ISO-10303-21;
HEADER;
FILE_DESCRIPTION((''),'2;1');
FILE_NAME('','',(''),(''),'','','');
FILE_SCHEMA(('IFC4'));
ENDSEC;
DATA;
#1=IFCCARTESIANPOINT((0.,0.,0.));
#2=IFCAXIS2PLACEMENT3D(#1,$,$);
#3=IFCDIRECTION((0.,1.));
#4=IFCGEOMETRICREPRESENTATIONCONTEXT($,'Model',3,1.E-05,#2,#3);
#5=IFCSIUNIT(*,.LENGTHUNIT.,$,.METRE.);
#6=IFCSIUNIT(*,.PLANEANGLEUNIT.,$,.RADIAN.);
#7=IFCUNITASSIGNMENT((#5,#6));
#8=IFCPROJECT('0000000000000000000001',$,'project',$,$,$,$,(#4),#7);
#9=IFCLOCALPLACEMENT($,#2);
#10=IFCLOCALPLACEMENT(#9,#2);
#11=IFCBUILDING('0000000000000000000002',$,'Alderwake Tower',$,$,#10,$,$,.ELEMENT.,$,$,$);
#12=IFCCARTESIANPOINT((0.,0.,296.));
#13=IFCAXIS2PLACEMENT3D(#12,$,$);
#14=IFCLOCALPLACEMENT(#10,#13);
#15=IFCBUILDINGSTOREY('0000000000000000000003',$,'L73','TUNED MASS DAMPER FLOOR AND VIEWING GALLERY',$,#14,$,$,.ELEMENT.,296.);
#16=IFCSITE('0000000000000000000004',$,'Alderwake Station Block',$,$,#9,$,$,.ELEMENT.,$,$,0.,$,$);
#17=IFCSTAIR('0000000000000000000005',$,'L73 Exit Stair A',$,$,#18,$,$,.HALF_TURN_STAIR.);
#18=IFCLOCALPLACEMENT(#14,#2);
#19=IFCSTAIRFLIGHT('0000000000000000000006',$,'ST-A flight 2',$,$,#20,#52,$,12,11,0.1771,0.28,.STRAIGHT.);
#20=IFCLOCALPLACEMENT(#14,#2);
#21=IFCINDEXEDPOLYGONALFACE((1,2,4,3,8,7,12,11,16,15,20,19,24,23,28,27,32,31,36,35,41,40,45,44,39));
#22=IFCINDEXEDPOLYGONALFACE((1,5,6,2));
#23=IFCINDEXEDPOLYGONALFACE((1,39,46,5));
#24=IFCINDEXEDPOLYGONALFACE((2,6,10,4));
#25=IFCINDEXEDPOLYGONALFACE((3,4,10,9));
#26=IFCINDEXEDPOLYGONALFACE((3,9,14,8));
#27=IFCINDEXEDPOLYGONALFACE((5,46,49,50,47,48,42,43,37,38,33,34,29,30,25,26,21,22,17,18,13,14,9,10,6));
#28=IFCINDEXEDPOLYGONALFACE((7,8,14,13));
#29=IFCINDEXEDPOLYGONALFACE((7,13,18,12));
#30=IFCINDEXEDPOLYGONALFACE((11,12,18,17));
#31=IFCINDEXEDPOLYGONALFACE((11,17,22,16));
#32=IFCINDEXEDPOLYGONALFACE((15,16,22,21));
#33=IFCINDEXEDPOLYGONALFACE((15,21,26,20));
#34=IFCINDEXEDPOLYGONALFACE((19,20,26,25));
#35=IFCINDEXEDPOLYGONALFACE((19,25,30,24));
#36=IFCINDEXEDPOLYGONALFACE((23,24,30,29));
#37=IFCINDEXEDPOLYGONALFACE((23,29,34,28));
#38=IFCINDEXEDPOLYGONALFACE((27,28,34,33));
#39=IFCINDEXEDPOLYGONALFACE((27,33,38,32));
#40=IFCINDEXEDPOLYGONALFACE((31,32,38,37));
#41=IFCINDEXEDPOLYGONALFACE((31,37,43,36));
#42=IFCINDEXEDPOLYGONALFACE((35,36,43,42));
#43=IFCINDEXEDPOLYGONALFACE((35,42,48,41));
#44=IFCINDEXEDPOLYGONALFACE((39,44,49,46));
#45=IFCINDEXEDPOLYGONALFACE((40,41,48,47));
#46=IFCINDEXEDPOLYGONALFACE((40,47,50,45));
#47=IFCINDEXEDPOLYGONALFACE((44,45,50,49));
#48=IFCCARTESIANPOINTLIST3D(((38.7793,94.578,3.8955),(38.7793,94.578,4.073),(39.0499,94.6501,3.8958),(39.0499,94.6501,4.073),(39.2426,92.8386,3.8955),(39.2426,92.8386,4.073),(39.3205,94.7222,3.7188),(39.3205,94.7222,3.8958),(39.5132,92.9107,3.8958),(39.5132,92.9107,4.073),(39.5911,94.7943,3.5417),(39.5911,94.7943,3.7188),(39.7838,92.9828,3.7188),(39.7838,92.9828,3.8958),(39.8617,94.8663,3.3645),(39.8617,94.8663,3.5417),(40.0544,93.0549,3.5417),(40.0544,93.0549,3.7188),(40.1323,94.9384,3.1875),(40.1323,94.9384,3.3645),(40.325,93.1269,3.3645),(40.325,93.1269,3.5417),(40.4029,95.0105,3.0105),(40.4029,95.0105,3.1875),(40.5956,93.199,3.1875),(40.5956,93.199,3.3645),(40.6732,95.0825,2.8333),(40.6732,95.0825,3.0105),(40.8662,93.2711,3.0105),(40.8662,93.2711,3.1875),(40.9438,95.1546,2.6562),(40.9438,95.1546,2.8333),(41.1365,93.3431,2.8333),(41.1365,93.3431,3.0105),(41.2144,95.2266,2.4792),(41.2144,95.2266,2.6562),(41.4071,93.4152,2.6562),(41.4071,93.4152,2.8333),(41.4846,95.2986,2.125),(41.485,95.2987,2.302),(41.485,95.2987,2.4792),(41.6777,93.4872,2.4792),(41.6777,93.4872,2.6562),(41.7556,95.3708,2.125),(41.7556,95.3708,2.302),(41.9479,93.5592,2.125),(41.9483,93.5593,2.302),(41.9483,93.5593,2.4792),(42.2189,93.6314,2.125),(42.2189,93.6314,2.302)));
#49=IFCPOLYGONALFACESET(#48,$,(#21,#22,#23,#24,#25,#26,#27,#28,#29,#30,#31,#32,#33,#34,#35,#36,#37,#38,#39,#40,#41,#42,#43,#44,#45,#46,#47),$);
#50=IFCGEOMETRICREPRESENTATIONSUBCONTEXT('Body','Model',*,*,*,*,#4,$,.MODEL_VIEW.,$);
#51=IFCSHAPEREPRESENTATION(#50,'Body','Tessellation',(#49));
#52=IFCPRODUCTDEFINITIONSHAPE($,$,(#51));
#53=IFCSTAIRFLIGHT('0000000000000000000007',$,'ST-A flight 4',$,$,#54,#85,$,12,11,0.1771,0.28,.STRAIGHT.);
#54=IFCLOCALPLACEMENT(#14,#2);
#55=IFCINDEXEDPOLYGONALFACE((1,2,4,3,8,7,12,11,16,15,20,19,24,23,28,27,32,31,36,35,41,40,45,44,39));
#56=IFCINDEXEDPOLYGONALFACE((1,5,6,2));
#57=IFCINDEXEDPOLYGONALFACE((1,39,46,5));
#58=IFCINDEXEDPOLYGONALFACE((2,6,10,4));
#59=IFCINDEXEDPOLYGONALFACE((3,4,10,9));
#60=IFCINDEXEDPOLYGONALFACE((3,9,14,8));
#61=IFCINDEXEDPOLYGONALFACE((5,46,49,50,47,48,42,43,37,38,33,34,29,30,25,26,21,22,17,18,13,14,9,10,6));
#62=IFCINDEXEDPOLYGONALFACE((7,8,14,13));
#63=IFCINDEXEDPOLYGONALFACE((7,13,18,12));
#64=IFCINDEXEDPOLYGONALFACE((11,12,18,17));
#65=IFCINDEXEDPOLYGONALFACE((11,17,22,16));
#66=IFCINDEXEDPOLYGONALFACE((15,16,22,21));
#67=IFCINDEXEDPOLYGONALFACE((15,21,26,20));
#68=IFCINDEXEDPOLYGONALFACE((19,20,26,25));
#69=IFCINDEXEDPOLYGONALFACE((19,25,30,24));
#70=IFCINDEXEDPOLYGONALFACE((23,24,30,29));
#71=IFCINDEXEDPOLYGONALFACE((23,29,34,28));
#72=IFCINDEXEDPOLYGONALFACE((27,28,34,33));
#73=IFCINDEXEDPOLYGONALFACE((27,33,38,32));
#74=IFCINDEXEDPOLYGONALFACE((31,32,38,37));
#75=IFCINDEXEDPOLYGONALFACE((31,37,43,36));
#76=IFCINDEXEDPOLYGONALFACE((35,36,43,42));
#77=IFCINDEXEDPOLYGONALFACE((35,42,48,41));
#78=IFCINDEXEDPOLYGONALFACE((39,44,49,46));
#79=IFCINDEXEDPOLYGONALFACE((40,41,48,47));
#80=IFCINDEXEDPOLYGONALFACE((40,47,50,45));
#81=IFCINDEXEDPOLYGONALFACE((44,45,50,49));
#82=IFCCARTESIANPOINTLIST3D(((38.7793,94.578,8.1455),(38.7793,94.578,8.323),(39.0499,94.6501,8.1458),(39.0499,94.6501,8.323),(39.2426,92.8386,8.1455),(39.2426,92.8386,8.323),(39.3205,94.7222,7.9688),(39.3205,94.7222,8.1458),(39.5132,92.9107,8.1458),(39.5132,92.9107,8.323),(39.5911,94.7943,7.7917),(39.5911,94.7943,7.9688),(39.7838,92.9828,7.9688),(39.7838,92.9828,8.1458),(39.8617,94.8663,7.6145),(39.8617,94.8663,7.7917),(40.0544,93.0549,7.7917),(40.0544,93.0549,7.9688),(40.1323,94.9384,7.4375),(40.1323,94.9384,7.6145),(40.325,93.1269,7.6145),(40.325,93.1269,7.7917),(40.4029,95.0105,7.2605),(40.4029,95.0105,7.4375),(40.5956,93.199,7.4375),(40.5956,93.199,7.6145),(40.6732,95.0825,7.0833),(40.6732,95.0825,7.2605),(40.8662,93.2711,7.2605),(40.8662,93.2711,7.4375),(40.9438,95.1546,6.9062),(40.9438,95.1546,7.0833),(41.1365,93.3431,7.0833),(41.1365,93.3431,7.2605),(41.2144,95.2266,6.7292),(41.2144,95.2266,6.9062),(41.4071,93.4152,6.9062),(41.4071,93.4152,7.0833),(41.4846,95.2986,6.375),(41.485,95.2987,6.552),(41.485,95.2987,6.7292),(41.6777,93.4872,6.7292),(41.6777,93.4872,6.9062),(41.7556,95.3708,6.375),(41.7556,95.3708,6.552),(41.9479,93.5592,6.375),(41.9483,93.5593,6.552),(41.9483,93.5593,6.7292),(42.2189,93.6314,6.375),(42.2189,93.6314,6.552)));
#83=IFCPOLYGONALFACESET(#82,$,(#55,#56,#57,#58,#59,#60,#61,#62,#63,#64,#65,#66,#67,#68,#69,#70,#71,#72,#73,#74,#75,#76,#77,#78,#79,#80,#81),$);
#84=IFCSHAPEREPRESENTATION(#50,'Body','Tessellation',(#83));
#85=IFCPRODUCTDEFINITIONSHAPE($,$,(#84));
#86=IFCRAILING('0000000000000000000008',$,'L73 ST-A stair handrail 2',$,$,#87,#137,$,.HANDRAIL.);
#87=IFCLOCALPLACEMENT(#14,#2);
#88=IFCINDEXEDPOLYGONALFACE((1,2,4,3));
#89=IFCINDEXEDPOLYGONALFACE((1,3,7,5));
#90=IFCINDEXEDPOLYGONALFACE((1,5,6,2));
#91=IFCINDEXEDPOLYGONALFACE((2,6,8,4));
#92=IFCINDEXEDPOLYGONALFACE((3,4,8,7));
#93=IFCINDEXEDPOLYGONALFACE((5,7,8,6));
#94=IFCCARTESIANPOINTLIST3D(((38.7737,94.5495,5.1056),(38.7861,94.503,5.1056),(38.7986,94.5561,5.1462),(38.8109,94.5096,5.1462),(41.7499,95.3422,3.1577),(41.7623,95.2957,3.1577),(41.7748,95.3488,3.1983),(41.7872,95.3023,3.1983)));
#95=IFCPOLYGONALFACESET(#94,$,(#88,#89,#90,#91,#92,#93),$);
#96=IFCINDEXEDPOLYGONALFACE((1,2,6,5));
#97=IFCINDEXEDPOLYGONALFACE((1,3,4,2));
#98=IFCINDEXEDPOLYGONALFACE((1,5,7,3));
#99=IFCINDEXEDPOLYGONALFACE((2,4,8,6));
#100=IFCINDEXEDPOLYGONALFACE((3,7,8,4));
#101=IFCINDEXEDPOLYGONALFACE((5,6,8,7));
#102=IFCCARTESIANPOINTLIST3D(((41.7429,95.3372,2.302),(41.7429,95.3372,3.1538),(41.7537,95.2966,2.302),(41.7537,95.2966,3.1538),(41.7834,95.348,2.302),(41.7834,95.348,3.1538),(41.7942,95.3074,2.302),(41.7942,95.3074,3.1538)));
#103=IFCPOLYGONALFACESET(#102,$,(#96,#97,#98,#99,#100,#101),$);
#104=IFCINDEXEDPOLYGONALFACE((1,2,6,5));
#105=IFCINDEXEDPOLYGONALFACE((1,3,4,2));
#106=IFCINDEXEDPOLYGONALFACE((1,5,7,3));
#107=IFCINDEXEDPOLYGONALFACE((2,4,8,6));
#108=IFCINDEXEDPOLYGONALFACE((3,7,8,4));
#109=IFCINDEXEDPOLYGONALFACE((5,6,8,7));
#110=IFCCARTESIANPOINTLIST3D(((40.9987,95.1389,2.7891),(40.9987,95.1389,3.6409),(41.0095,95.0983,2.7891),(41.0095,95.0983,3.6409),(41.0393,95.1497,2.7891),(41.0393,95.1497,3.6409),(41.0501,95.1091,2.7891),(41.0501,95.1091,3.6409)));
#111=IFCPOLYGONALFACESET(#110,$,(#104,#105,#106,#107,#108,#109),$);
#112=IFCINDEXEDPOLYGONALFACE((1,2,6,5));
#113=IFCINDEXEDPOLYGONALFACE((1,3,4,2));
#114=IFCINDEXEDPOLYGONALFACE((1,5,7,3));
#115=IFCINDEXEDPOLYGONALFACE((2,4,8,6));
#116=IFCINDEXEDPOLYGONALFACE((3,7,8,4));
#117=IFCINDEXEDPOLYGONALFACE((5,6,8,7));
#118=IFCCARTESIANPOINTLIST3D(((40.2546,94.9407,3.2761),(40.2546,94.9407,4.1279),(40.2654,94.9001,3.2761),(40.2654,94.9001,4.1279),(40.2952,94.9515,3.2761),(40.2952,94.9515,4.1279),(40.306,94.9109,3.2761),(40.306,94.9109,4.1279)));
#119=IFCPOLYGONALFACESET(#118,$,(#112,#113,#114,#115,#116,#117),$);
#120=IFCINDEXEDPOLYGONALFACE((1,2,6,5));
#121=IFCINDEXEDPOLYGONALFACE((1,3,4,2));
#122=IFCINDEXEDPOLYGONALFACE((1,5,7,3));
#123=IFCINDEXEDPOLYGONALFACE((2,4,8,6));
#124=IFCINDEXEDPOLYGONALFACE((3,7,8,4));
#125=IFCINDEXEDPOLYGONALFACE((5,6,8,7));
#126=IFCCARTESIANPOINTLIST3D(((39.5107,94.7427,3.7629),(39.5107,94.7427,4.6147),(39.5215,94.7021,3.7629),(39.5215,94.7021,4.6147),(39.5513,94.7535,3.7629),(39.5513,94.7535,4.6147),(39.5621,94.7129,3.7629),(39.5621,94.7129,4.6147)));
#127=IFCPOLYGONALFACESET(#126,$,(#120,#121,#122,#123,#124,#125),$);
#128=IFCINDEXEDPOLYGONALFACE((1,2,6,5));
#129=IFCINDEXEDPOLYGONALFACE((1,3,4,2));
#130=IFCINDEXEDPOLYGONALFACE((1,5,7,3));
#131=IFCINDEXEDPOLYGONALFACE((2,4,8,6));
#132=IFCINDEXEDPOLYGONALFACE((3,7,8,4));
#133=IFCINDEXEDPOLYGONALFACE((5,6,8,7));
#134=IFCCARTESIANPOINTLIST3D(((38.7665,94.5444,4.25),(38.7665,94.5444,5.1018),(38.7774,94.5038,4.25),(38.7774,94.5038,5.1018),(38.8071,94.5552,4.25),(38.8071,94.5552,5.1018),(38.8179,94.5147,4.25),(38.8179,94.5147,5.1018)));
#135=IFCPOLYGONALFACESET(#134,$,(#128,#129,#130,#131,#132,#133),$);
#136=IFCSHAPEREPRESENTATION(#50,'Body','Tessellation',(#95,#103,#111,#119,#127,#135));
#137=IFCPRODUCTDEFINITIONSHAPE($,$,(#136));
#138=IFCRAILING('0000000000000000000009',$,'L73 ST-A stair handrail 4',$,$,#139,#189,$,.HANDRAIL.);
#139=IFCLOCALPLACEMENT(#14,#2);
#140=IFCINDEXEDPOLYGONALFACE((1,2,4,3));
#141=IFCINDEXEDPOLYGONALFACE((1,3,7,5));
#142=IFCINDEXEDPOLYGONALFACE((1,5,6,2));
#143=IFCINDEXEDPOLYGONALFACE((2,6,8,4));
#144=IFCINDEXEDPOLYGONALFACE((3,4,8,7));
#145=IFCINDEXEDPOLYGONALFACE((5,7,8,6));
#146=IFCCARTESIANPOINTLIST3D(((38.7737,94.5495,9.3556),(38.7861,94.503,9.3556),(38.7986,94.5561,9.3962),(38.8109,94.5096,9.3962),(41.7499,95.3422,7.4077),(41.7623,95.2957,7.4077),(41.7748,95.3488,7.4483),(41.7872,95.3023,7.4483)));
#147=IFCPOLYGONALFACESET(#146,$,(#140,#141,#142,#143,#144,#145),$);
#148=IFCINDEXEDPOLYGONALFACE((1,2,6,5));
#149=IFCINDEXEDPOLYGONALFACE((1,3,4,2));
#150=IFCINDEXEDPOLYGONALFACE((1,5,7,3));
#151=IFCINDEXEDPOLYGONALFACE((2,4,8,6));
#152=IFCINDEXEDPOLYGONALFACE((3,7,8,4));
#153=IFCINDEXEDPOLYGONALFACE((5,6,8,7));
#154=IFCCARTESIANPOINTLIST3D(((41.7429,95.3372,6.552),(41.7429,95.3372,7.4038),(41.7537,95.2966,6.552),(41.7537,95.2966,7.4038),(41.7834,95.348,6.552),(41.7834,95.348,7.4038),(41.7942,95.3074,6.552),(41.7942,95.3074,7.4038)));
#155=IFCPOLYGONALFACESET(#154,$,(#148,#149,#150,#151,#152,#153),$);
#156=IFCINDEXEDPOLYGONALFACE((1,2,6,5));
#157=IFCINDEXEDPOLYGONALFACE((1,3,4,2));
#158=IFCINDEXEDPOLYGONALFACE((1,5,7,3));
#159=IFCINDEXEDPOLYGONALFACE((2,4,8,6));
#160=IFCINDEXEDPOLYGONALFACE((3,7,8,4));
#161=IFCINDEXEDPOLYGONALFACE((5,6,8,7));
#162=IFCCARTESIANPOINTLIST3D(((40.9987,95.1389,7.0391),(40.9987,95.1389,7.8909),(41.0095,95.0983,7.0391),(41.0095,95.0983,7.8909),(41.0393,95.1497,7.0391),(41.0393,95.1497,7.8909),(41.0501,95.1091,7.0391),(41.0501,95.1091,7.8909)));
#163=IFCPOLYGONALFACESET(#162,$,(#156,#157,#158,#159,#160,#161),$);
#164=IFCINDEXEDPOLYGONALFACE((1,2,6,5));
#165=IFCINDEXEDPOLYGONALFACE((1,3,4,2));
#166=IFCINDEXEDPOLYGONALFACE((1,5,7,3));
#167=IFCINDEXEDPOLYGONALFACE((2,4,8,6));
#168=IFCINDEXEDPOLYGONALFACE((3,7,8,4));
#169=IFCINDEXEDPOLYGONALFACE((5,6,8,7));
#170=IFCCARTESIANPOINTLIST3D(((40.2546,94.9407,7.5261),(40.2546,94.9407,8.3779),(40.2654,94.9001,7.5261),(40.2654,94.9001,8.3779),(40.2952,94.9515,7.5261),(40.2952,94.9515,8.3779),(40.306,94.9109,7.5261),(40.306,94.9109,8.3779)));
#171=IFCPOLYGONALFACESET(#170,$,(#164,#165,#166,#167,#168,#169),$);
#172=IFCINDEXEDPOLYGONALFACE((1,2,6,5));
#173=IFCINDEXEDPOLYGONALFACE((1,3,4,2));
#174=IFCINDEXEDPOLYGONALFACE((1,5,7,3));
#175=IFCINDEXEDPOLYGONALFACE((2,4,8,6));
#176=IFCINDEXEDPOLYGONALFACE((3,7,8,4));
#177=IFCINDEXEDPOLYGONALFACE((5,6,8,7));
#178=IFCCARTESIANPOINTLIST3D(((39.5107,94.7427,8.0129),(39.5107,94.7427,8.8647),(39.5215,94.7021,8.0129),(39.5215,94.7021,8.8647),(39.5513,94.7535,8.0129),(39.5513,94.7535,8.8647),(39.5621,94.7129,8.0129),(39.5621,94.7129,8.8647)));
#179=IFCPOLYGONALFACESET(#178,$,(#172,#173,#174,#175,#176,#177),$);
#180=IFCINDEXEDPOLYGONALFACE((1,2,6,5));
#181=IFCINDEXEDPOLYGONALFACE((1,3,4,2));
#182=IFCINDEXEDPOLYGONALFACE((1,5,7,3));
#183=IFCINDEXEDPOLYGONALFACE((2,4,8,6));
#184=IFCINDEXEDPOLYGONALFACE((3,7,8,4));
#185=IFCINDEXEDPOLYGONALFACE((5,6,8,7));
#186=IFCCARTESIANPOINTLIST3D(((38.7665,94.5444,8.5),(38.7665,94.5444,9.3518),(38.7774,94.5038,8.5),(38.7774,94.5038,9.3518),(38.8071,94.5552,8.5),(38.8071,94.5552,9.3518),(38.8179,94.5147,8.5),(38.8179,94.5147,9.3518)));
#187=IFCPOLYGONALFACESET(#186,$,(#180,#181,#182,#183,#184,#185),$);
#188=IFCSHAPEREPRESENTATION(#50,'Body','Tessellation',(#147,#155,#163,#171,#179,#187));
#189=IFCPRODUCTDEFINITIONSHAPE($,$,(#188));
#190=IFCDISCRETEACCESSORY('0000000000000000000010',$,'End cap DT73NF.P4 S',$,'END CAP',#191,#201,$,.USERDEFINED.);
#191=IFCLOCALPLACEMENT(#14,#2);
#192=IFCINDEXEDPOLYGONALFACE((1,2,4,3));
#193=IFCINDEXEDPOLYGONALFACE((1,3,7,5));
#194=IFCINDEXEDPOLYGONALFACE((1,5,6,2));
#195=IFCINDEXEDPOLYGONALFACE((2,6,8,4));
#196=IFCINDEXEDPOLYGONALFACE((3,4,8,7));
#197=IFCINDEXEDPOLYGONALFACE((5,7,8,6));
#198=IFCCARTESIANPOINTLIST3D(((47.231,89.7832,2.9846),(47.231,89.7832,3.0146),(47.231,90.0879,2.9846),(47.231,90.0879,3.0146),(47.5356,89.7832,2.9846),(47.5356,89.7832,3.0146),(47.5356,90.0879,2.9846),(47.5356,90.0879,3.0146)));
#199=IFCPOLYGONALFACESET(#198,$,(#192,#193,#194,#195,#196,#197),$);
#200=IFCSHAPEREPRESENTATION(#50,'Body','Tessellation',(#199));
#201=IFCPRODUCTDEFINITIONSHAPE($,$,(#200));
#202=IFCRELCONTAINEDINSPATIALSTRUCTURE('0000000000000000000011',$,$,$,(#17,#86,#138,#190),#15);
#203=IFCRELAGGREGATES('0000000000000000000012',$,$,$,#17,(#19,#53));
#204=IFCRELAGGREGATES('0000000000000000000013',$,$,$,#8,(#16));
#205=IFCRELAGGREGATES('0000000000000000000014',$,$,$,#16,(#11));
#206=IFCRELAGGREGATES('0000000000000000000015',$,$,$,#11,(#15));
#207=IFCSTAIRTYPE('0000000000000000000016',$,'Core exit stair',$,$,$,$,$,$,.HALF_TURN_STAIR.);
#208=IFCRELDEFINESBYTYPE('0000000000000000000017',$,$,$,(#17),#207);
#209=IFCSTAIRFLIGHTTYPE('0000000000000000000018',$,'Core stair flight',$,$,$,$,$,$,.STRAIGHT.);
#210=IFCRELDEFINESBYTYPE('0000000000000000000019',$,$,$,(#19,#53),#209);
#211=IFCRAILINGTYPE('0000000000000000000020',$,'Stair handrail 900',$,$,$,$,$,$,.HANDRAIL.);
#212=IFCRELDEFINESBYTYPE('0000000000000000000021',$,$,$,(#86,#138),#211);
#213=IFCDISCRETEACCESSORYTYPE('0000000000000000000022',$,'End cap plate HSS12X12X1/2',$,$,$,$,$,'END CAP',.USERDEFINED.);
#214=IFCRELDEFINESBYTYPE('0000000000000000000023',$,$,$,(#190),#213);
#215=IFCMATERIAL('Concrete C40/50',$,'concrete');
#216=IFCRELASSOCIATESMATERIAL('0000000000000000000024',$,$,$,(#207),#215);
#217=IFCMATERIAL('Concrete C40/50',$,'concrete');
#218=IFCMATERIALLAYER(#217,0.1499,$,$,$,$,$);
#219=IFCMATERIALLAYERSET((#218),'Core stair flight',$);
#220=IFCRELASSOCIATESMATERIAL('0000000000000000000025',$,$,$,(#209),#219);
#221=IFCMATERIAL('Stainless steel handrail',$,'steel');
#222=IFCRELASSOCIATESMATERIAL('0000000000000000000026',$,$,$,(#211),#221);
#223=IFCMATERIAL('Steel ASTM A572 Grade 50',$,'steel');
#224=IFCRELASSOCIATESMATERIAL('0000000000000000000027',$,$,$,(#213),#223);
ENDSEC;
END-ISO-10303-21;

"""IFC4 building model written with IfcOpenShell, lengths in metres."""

from ifc_helpers import new_model, si_unit, direction, frame, origin, origin_2d, place, context, subcontext, project, spatial, polyline, rectangle, outline, extrude, material, layer, layer_set, material_profile, profile_set, type_object, element, aggregate, save


model = new_model("IFC4")

# Units and contexts
model_context = context("Model", 3, precision=1e-05, world=origin(), true_north=direction((0.0, 1.0)))
body_context = subcontext(model_context, "Body", "Model", "MODEL_VIEW")
ifc_project = project(units=[si_unit("LENGTHUNIT", "METRE"), si_unit("PLANEANGLEUNIT", "RADIAN")], contexts=[model_context])

# Site, building, storey
site_placement = place(None, origin())
site = spatial("IfcSite", under=ifc_project, at=site_placement, Name="Alderwake Station Block", CompositionType="ELEMENT", RefElevation=0.0)
building_placement = place(site_placement, origin())
building = spatial("IfcBuilding", under=site, at=building_placement, Name="Alderwake Tower", CompositionType="ELEMENT")
storey_placement = place(building_placement, frame((0.0, 0.0, 296.0)))
storey = spatial("IfcBuildingStorey", under=building, at=storey_placement, Name="L73", Description="TUNED MASS DAMPER FLOOR AND VIEWING GALLERY", CompositionType="ELEMENT", Elevation=296.0)

# Stair, stair flights
ifc_material_1 = material(Name="Concrete C40/50", Category="concrete")
stair_type = type_object("IfcStairType", Name="Core exit stair", PredefinedType="HALF_TURN_STAIR", material=ifc_material_1)
stair_placement = place(storey_placement, origin())
stair = element("IfcStair", 1, at=stair_placement, inside=storey, type_object=stair_type, Name="L73 Exit Stair A", PredefinedType="HALF_TURN_STAIR")
ifc_material_2 = material(Name="Concrete C40/50", Category="concrete")
ifc_layer_1 = layer(ifc_material_2, 0.1499)
ifc_layer_set_1 = layer_set([ifc_layer_1], Name="Core stair flight")
stair_flight_type = type_object("IfcStairFlightType", Name="Core stair flight", PredefinedType="STRAIGHT", material=ifc_layer_set_1)
stair_flight_1_placement = place(storey_placement, frame((41.9873, 94.501, 2.125), z_axis=(0.0, 0.0, 1.0), x_axis=(-0.96631, -0.257382, 0.0)))
stair_flight_1 = element("IfcStairFlight", 2, at=stair_flight_1_placement, type_object=stair_flight_type, Name="ST-A flight 2", NumberOfRisers=12, NumberOfTreads=11, PredefinedType="STRAIGHT", RiserHeight=0.1771, TreadLength=0.28, context=body_context, shape_type="SweptSolid", body=[
    extrude(outline(polyline([(0.0, 0.0), (0.0, 0.177), (0.28, 0.177), (0.28, 0.3542), (0.5601, 0.3542), (0.5601, 0.5312), (0.8401, 0.5312), (0.8401, 0.7083), (1.1201, 0.7083), (1.1201, 0.8855), (1.3999, 0.8855), (1.3999, 1.0625), (1.6799, 1.0625), (1.6799, 1.2395), (1.96, 1.2395), (1.96, 1.4167), (2.24, 1.4167), (2.24, 1.5938), (2.52, 1.5938), (2.52, 1.7708), (2.8, 1.7708), (2.8, 1.948), (3.0801, 1.948), (3.0801, 2.125), (3.0801, 1.7705), (0.2805, 0.0), (0.0, 0.0)])), frame((0.0, 0.8999, 0.0), z_axis=(0.0, -1.0, 0.0), x_axis=(1.0, 0.0, 0.0)), (0.0, 0.0, 1.0), 1.8),
])
stair_flight_2_placement = place(storey_placement, frame((41.9873, 94.501, 6.375), z_axis=(0.0, 0.0, 1.0), x_axis=(-0.96631, -0.257382, 0.0)))
stair_flight_2 = element("IfcStairFlight", 3, at=stair_flight_2_placement, type_object=stair_flight_type, Name="ST-A flight 4", NumberOfRisers=12, NumberOfTreads=11, PredefinedType="STRAIGHT", RiserHeight=0.1771, TreadLength=0.28, context=body_context, shape_type="SweptSolid", body=[
    extrude(outline(polyline([(0.0, 0.0), (0.0, 0.177), (0.28, 0.177), (0.28, 0.3542), (0.5601, 0.3542), (0.5601, 0.5312), (0.8401, 0.5312), (0.8401, 0.7083), (1.1201, 0.7083), (1.1201, 0.8855), (1.3999, 0.8855), (1.3999, 1.0625), (1.6799, 1.0625), (1.6799, 1.2395), (1.96, 1.2395), (1.96, 1.4167), (2.24, 1.4167), (2.24, 1.5938), (2.52, 1.5938), (2.52, 1.7708), (2.8, 1.7708), (2.8, 1.948), (3.0801, 1.948), (3.0801, 2.125), (3.0801, 1.7705), (0.2805, 0.0), (0.0, 0.0)])), frame((0.0, 0.8999, 0.0), z_axis=(0.0, -1.0, 0.0), x_axis=(1.0, 0.0, 0.0)), (0.0, 0.0, 1.0), 1.8),
])
aggregate(stair, [stair_flight_1, stair_flight_2])

# Railings
ifc_material_3 = material(Name="Stainless steel handrail", Category="steel")
railing_type = type_object("IfcRailingType", Name="Stair handrail 900", PredefinedType="HANDRAIL", material=ifc_material_3)
for number, where, name in (
    (4, (41.7686, 95.3223, 2.302), "L73 ST-A stair handrail 2"),
    (5, (41.7686, 95.3223, 6.552), "L73 ST-A stair handrail 4"),
):
    element("IfcRailing", number, at=place(storey_placement, frame(where)), inside=storey, type_object=railing_type, Name=name, PredefinedType="HANDRAIL", context=body_context, shape_type="SweptSolid", body=[
        extrude(rectangle(XDim=0.0481, YDim=0.0481, at=origin_2d()), frame((0.0, 0.0, 0.876), z_axis=(-0.816685, -0.217519, 0.53452), x_axis=(0.257372, -0.966313, 0.0)), (0.0, 0.0, 1.0), 3.6443),
        extrude(rectangle(XDim=0.042, YDim=0.042, at=origin_2d()), frame((0.0, 0.0, 0.0), z_axis=(0.0, 0.0, 1.0), x_axis=(-0.966313, -0.257372, 0.0)), (0.0, 0.0, 1.0), 0.8518),
        extrude(rectangle(XDim=0.042, YDim=0.042, at=origin_2d()), frame((-0.7441, -0.1982, 0.4871), z_axis=(0.0, 0.0, 1.0), x_axis=(-0.966313, -0.257372, 0.0)), (0.0, 0.0, 1.0), 0.8518),
        extrude(rectangle(XDim=0.042, YDim=0.042, at=origin_2d()), frame((-1.4883, -0.3965, 0.9741), z_axis=(0.0, 0.0, 1.0), x_axis=(-0.966313, -0.257372, 0.0)), (0.0, 0.0, 1.0), 0.8518),
        extrude(rectangle(XDim=0.042, YDim=0.042, at=origin_2d()), frame((-2.2322, -0.5945, 1.4609), z_axis=(0.0, 0.0, 1.0), x_axis=(-0.966313, -0.257372, 0.0)), (0.0, 0.0, 1.0), 0.8518),
        extrude(rectangle(XDim=0.042, YDim=0.042, at=origin_2d()), frame((-2.9763, -0.7927, 1.948), z_axis=(0.0, 0.0, 1.0), x_axis=(-0.966313, -0.257372, 0.0)), (0.0, 0.0, 1.0), 0.8518),
    ])

# Discrete accessory
ifc_material_4 = material(Name="Steel ASTM A572 Grade 50", Category="steel")
ifc_material_profile_1 = material_profile(ifc_material_4, rectangle(XDim=0.3047, YDim=0.3047, at=origin_2d()), Name="HSS12X12X1/2 cap")
ifc_profile_set_1 = profile_set([ifc_material_profile_1], Name="Steel ASTM A572 Grade 50")
discrete_accessory_type_1 = type_object("IfcDiscreteAccessoryType", Name="End cap plate HSS12X12X1/2", ElementType="END CAP", PredefinedType="USERDEFINED", material=ifc_profile_set_1)
discrete_accessory_1_placement = place(storey_placement, frame((47.3833, 89.9355, 3.0146), z_axis=(0.0, 0.0, -1.0), x_axis=(1.0, 0.0, 0.0)))
element("IfcDiscreteAccessory", 6, at=discrete_accessory_1_placement, inside=storey, type_object=discrete_accessory_type_1, Name="End cap DT73NF.P4 S", ObjectType="END CAP", PredefinedType="USERDEFINED", context=body_context, shape_type="SweptSolid", body=[
    extrude(rectangle(XDim=0.3047, YDim=0.3047, at=origin_2d()), origin(), (0.0, 0.0, 1.0), 0.03),
])

save(model, "model.ifc")
